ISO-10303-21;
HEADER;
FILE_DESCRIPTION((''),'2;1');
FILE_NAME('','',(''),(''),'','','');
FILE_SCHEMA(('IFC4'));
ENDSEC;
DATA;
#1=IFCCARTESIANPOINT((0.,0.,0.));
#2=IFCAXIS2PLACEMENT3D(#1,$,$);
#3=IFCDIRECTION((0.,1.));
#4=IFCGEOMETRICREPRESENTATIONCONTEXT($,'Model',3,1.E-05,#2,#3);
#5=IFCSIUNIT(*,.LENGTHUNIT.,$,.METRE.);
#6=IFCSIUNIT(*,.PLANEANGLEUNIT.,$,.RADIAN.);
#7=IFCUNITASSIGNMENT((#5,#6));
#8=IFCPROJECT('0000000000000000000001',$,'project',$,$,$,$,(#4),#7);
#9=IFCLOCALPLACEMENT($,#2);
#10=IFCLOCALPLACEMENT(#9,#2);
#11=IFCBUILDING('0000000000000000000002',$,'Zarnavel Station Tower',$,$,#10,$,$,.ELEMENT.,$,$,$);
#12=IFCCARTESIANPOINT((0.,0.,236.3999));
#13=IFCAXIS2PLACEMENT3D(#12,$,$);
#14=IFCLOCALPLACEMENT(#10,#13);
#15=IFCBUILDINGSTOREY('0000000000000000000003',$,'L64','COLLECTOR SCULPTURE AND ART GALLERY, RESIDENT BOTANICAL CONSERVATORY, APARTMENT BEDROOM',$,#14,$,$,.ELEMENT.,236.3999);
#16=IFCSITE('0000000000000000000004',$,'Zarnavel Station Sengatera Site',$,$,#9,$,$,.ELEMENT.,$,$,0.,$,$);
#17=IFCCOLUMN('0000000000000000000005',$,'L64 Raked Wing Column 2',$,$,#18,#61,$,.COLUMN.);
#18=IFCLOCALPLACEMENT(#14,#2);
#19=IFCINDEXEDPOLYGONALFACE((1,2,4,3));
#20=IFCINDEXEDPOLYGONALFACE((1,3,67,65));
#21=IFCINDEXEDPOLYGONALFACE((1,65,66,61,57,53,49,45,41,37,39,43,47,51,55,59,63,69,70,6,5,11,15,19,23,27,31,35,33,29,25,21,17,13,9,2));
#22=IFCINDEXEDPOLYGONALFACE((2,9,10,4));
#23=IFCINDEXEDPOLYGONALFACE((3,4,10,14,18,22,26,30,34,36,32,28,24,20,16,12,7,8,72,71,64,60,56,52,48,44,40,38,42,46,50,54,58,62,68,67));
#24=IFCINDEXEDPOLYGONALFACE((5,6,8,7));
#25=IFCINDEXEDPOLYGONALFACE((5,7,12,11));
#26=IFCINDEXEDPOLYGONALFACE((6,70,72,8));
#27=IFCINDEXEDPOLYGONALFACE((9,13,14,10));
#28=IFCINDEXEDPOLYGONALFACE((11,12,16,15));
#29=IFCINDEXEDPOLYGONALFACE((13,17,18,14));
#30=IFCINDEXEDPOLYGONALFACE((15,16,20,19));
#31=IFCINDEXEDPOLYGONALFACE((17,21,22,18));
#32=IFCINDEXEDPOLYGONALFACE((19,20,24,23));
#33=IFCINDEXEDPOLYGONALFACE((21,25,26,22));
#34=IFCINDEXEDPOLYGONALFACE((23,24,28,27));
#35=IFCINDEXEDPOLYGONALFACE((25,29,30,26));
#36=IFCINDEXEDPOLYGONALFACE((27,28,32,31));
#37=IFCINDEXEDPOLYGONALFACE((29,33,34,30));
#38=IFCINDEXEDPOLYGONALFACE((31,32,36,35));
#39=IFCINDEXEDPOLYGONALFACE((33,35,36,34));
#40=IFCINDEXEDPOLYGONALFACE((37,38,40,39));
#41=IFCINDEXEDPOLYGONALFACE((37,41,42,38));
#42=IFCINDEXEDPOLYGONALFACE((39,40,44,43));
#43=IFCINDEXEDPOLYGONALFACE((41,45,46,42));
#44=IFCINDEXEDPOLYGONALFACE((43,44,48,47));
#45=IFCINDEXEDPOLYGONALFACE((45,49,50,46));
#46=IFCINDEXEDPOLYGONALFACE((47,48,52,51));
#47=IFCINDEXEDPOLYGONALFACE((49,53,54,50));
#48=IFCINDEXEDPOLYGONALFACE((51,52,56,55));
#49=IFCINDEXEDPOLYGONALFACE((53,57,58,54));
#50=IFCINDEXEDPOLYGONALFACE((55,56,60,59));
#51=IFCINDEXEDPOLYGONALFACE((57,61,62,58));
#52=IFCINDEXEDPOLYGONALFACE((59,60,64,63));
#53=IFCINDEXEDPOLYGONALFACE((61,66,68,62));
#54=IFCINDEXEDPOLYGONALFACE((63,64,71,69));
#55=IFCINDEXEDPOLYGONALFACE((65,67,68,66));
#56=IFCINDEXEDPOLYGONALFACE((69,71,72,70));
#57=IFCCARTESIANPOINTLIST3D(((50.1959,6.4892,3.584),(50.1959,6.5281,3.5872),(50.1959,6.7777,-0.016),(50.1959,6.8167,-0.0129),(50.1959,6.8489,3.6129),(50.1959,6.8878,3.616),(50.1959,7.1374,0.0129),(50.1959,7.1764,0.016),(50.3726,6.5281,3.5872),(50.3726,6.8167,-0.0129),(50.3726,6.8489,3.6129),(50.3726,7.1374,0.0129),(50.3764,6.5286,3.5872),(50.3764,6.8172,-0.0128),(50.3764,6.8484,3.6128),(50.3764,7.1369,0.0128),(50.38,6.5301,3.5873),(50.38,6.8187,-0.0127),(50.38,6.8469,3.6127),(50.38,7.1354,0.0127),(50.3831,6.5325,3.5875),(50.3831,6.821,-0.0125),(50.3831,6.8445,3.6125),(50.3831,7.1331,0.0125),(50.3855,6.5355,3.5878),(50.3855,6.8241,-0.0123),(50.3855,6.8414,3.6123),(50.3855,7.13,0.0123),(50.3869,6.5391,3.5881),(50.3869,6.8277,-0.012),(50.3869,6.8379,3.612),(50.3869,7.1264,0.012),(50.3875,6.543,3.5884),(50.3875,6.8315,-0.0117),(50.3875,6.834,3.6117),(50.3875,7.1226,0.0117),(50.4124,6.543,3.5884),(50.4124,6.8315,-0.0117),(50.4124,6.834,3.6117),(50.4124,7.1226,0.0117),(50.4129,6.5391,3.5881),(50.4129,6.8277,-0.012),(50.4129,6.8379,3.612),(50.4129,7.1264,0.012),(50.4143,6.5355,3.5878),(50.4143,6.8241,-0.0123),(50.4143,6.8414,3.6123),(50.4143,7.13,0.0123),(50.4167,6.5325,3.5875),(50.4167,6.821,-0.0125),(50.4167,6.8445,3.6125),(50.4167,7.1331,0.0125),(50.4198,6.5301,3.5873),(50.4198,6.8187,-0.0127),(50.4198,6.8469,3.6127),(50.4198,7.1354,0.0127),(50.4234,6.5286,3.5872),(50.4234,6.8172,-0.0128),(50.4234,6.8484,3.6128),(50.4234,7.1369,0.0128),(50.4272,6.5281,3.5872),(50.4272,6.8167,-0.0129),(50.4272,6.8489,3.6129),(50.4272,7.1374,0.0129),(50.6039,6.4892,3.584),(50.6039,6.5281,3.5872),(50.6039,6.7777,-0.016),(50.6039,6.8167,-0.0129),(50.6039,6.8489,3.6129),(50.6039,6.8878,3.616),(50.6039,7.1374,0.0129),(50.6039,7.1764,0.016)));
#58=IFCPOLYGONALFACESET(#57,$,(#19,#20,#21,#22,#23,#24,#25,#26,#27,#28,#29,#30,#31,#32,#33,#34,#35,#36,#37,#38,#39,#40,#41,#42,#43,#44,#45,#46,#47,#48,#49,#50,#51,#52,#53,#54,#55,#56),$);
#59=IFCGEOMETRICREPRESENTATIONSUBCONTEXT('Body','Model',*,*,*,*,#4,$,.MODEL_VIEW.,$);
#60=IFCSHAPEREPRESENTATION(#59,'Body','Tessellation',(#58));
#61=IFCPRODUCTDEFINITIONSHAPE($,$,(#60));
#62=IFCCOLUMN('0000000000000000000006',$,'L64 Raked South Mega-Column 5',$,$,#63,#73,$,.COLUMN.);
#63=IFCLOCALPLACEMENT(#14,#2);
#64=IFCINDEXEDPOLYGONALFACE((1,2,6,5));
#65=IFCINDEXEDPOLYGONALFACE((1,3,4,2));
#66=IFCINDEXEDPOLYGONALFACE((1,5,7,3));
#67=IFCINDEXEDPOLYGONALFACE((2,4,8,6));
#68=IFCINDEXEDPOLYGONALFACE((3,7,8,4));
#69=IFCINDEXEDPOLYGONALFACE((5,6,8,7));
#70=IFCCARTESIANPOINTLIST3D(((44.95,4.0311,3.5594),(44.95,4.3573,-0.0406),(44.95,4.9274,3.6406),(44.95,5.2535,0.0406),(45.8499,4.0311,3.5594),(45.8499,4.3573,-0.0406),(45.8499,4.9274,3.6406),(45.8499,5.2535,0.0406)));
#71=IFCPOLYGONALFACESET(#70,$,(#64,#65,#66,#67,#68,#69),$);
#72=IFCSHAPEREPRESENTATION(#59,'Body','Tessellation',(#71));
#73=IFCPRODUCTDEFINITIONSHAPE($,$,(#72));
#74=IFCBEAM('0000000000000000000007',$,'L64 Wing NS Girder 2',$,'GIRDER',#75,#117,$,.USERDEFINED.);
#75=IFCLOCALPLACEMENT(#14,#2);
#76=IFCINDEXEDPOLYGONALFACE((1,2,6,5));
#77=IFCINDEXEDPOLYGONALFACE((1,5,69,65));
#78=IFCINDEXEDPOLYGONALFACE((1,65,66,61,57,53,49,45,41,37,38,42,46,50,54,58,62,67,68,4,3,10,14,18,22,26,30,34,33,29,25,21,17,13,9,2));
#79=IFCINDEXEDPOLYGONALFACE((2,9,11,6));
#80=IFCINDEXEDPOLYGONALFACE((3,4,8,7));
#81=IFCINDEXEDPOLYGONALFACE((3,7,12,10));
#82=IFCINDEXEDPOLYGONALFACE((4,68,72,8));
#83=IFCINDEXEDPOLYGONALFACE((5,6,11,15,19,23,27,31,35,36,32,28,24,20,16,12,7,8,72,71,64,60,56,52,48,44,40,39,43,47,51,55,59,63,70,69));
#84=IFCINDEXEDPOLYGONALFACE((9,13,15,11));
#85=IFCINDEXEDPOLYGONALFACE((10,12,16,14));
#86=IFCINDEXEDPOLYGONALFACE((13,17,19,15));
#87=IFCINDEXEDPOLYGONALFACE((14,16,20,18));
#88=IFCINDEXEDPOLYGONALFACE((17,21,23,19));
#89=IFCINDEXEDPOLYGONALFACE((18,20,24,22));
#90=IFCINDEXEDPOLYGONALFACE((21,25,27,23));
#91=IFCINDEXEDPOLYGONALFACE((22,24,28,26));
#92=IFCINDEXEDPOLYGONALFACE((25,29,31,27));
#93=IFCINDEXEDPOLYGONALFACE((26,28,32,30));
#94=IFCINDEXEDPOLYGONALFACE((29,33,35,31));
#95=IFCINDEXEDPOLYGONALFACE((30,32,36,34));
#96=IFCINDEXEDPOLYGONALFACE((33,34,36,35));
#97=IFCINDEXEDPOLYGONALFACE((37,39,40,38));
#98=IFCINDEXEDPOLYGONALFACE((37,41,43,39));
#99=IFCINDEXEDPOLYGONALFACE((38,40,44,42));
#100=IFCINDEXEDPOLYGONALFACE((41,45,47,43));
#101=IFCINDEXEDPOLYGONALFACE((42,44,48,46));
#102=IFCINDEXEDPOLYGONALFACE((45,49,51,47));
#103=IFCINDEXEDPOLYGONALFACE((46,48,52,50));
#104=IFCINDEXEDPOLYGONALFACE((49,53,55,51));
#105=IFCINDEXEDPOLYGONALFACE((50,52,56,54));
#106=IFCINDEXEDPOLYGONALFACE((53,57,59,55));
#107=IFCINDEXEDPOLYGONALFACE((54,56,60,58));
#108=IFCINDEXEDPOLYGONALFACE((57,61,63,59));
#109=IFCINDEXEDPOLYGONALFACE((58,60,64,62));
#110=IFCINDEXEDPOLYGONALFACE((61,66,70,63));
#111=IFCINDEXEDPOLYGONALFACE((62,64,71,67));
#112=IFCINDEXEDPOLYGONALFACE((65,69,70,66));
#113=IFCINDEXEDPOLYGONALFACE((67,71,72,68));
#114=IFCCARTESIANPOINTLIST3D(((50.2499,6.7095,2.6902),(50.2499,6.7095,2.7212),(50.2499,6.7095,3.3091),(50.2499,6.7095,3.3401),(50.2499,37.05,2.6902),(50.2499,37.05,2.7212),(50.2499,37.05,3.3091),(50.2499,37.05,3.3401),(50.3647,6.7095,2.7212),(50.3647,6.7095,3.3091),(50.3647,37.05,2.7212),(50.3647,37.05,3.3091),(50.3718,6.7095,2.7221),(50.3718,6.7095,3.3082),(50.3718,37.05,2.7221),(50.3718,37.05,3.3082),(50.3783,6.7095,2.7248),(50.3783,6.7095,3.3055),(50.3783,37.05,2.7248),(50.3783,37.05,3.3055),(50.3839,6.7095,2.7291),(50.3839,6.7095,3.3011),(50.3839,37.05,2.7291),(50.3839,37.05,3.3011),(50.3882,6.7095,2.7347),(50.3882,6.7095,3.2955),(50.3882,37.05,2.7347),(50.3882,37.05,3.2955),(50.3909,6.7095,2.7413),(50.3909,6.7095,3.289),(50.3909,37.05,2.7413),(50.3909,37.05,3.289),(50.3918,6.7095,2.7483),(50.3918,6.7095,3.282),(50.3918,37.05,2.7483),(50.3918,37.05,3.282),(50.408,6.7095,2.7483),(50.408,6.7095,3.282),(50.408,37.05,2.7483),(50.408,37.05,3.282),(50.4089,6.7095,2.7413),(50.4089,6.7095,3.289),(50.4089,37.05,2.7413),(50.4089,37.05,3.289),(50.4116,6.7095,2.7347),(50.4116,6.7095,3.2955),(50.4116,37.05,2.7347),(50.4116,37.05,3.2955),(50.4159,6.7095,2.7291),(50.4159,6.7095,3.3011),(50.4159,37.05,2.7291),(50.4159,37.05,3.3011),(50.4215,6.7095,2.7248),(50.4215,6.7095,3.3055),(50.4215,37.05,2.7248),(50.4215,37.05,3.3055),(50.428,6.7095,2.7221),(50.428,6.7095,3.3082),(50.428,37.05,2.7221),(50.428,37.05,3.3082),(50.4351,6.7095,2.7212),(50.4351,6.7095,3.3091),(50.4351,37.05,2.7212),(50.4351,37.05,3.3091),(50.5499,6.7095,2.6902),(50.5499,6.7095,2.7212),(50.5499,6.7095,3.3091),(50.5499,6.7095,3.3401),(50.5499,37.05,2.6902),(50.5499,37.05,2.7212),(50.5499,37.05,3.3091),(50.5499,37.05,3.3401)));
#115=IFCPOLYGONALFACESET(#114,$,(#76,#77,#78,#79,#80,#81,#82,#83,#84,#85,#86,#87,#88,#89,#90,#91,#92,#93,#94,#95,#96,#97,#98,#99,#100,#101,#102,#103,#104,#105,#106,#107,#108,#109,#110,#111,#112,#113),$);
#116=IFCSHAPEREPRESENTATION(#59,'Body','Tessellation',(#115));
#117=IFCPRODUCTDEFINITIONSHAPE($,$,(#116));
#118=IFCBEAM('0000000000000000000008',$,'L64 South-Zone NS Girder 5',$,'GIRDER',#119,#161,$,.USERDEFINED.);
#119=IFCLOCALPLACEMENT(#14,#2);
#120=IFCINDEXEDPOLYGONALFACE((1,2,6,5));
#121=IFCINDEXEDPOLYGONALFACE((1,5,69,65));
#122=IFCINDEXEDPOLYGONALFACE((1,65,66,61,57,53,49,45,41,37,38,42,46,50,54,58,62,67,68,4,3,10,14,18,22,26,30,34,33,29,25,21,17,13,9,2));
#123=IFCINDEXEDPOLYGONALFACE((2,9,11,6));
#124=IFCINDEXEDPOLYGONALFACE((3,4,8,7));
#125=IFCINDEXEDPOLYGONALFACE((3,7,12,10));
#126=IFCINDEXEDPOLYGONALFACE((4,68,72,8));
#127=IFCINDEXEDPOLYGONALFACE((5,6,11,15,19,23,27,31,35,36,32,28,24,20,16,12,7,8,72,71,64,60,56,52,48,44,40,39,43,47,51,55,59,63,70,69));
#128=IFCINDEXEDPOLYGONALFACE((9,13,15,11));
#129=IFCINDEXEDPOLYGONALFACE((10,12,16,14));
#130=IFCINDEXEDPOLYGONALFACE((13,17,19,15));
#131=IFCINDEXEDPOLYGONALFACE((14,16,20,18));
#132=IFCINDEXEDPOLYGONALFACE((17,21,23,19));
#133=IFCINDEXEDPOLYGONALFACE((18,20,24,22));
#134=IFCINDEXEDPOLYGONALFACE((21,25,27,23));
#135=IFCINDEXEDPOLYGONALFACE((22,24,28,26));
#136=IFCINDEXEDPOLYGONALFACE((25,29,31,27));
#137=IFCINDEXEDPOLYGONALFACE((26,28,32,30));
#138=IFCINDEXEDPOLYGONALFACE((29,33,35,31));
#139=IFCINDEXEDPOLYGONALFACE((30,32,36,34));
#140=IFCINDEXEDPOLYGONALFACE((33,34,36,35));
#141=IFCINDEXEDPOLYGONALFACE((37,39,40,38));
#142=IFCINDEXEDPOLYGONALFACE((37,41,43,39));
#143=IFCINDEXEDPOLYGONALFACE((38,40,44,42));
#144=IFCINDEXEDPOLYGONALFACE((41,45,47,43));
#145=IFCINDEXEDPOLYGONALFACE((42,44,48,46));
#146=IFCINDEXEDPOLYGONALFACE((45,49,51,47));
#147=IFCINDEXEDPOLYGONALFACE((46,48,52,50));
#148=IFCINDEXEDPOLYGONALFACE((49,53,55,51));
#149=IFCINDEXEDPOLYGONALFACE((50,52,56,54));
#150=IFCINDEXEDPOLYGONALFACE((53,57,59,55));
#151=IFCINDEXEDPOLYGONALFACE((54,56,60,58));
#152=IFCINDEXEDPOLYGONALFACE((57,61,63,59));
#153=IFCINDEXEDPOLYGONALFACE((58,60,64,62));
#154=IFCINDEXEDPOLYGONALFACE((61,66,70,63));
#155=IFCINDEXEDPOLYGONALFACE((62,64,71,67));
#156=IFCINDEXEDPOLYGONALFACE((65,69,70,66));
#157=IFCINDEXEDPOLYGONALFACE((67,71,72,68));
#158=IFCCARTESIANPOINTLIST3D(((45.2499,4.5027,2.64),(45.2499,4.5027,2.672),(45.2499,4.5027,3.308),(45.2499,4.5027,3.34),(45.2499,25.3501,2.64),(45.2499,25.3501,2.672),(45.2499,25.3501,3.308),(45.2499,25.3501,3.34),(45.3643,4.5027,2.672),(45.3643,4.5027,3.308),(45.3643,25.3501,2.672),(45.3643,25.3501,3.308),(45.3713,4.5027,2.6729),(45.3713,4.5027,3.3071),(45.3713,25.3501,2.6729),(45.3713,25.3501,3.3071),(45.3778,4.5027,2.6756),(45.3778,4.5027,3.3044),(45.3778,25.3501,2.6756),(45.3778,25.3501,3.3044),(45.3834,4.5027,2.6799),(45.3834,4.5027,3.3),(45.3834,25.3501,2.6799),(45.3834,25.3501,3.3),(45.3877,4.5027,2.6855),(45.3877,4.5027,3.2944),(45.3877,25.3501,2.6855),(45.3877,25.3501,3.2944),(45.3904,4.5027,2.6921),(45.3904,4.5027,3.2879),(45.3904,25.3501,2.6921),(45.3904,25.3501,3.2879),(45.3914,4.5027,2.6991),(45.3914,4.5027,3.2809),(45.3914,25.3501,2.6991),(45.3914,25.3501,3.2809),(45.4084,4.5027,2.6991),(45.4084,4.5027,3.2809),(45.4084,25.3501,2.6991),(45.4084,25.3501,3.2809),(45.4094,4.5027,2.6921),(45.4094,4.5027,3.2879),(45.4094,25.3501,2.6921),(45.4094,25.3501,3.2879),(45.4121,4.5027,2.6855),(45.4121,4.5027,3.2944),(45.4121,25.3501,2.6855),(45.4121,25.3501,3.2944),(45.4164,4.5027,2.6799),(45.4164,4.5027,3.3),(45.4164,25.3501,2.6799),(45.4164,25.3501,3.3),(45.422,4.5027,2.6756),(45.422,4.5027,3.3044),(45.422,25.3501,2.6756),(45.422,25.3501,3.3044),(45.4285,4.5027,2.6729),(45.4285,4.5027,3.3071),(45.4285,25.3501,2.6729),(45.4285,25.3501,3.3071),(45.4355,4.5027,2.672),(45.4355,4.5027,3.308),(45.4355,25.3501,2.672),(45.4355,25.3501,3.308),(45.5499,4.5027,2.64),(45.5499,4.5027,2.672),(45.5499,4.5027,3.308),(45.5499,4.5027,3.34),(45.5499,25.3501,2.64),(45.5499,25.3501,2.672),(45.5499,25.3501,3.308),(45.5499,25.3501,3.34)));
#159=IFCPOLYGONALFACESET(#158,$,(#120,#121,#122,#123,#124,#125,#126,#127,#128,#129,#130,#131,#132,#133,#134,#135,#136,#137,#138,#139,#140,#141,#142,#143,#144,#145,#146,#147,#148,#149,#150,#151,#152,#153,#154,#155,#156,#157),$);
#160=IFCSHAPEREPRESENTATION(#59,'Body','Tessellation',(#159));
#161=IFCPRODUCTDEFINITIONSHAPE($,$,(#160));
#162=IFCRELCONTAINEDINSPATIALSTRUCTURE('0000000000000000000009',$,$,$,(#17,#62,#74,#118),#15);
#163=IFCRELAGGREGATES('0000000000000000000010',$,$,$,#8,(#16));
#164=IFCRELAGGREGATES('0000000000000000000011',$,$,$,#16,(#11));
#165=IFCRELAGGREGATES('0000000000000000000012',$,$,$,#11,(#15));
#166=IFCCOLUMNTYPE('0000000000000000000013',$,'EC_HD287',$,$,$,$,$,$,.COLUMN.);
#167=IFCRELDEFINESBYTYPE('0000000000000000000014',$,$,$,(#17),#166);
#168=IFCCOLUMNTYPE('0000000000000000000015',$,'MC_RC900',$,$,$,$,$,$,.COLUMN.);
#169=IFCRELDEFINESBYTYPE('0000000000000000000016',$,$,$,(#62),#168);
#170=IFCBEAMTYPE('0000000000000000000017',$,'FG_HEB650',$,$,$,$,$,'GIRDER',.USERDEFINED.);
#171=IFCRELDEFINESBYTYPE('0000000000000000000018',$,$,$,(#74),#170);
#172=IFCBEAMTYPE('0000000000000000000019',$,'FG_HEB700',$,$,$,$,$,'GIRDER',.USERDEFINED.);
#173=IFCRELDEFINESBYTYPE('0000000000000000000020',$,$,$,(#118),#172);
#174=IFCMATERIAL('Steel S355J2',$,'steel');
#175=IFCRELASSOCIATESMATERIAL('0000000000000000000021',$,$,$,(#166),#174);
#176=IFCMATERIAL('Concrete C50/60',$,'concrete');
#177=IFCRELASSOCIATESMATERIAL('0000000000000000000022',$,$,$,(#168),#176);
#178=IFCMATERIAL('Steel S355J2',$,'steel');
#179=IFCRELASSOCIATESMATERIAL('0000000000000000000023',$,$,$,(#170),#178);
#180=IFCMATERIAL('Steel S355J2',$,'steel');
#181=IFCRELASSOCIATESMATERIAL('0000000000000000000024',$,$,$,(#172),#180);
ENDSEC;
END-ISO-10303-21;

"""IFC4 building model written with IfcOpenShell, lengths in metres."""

from ifc_helpers import new_model, si_unit, direction, frame, origin, origin_2d, place, context, subcontext, project, spatial, rectangle, i_section, extrude, material, material_profile, profile_set, type_object, element, save


model = new_model("IFC4")

# Units and contexts
model_context = context("Model", 3, precision=1e-05, world=origin(), true_north=direction((0.0, 1.0)))
body_context = subcontext(model_context, "Body", "Model", "MODEL_VIEW")
ifc_project = project(units=[si_unit("LENGTHUNIT", "METRE"), si_unit("PLANEANGLEUNIT", "RADIAN")], contexts=[model_context])

# Site, building, storey
site_placement = place(None, origin())
site = spatial("IfcSite", under=ifc_project, at=site_placement, Name="Zarnavel Station Sengatera Site", CompositionType="ELEMENT", RefElevation=0.0)
building_placement = place(site_placement, origin())
building = spatial("IfcBuilding", under=site, at=building_placement, Name="Zarnavel Station Tower", CompositionType="ELEMENT")
storey_placement = place(building_placement, frame((0.0, 0.0, 236.3999)))
storey = spatial("IfcBuildingStorey", under=building, at=storey_placement, Name="L64", Description="COLLECTOR SCULPTURE AND ART GALLERY, RESIDENT BOTANICAL CONSERVATORY, APARTMENT BEDROOM", CompositionType="ELEMENT", Elevation=236.3999)

# Columns
ifc_material_1 = material(Name="Steel S355J2", Category="steel")
ifc_material_profile_1 = material_profile(ifc_material_1, i_section(OverallWidth=0.408, OverallDepth=0.3999, WebThickness=0.0249, FlangeThickness=0.0391, FilletRadius=0.0149, at=origin_2d()), Name="HD400x287")
ifc_profile_set_1 = profile_set([ifc_material_profile_1], Name="Steel S355J2")
column_type_1 = type_object("IfcColumnType", Name="EC_HD287", PredefinedType="COLUMN", material=ifc_profile_set_1)
column_1_placement = place(storey_placement, frame((50.3999, 6.9771, 0.0), z_axis=(0.0, -0.079901, 0.996803), x_axis=(1.0, 0.0, 0.0)))
element("IfcColumn", 1, at=column_1_placement, inside=storey, type_object=column_type_1, Name="L64 Raked Wing Column 2", PredefinedType="COLUMN", context=body_context, shape_type="SweptSolid", body=[
    extrude(i_section(OverallWidth=0.408, OverallDepth=0.3999, WebThickness=0.0249, FlangeThickness=0.0391, FilletRadius=0.0149, at=origin_2d()), origin(), (0.0, 0.0, 1.0), 3.6116),
])
ifc_material_2 = material(Name="Concrete C50/60", Category="concrete")
ifc_material_profile_2 = material_profile(ifc_material_2, rectangle(XDim=0.8999, YDim=0.8999, at=origin_2d()), Name="RC900x900")
ifc_profile_set_2 = profile_set([ifc_material_profile_2], Name="Concrete C50/60")
column_type_2 = type_object("IfcColumnType", Name="MC_RC900", PredefinedType="COLUMN", material=ifc_profile_set_2)
column_2_placement = place(storey_placement, frame((45.3999, 4.8054, 0.0), z_axis=(0.0, -0.090231, 0.995921), x_axis=(1.0, 0.0, 0.0)))
element("IfcColumn", 2, at=column_2_placement, inside=storey, type_object=column_type_2, Name="L64 Raked South Mega-Column 5", PredefinedType="COLUMN", context=body_context, shape_type="SweptSolid", body=[
    extrude(rectangle(XDim=0.8999, YDim=0.8999, at=origin_2d()), origin(), (0.0, 0.0, 1.0), 3.6147),
])

# Beams
ifc_material_3 = material(Name="Steel S355J2", Category="steel")
ifc_material_profile_3 = material_profile(ifc_material_3, i_section(OverallWidth=0.3, OverallDepth=0.6499, WebThickness=0.0161, FlangeThickness=0.031, FilletRadius=0.0271, at=origin_2d()), Name="HEB650")
ifc_profile_set_3 = profile_set([ifc_material_profile_3], Name="Steel S355J2")
beam_type_1 = type_object("IfcBeamType", Name="FG_HEB650", ElementType="GIRDER", PredefinedType="USERDEFINED", material=ifc_profile_set_3)
beam_1_placement = place(storey_placement, frame((50.3999, 6.7095, 3.0151), z_axis=(0.0, 1.0, 0.0), x_axis=(-1.0, 0.0, 0.0)))
element("IfcBeam", 3, at=beam_1_placement, inside=storey, type_object=beam_type_1, Name="L64 Wing NS Girder 2", ObjectType="GIRDER", PredefinedType="USERDEFINED", context=body_context, shape_type="SweptSolid", body=[
    extrude(i_section(OverallWidth=0.3, OverallDepth=0.6499, WebThickness=0.0161, FlangeThickness=0.031, FilletRadius=0.0271, at=origin_2d()), origin(), (0.0, 0.0, 1.0), 30.3406),
])
ifc_material_4 = material(Name="Steel S355J2", Category="steel")
ifc_material_profile_4 = material_profile(ifc_material_4, i_section(OverallWidth=0.3, OverallDepth=0.7, WebThickness=0.0171, FlangeThickness=0.032, FilletRadius=0.0271, at=origin_2d()), Name="HEB700")
ifc_profile_set_4 = profile_set([ifc_material_profile_4], Name="Steel S355J2")
beam_type_2 = type_object("IfcBeamType", Name="FG_HEB700", ElementType="GIRDER", PredefinedType="USERDEFINED", material=ifc_profile_set_4)
beam_2_placement = place(storey_placement, frame((45.3999, 4.5027, 2.99), z_axis=(0.0, 1.0, 0.0), x_axis=(-1.0, 0.0, 0.0)))
element("IfcBeam", 4, at=beam_2_placement, inside=storey, type_object=beam_type_2, Name="L64 South-Zone NS Girder 5", ObjectType="GIRDER", PredefinedType="USERDEFINED", context=body_context, shape_type="SweptSolid", body=[
    extrude(i_section(OverallWidth=0.3, OverallDepth=0.7, WebThickness=0.0171, FlangeThickness=0.032, FilletRadius=0.0271, at=origin_2d()), origin(), (0.0, 0.0, 1.0), 20.8474),
])

save(model, "model.ifc")
